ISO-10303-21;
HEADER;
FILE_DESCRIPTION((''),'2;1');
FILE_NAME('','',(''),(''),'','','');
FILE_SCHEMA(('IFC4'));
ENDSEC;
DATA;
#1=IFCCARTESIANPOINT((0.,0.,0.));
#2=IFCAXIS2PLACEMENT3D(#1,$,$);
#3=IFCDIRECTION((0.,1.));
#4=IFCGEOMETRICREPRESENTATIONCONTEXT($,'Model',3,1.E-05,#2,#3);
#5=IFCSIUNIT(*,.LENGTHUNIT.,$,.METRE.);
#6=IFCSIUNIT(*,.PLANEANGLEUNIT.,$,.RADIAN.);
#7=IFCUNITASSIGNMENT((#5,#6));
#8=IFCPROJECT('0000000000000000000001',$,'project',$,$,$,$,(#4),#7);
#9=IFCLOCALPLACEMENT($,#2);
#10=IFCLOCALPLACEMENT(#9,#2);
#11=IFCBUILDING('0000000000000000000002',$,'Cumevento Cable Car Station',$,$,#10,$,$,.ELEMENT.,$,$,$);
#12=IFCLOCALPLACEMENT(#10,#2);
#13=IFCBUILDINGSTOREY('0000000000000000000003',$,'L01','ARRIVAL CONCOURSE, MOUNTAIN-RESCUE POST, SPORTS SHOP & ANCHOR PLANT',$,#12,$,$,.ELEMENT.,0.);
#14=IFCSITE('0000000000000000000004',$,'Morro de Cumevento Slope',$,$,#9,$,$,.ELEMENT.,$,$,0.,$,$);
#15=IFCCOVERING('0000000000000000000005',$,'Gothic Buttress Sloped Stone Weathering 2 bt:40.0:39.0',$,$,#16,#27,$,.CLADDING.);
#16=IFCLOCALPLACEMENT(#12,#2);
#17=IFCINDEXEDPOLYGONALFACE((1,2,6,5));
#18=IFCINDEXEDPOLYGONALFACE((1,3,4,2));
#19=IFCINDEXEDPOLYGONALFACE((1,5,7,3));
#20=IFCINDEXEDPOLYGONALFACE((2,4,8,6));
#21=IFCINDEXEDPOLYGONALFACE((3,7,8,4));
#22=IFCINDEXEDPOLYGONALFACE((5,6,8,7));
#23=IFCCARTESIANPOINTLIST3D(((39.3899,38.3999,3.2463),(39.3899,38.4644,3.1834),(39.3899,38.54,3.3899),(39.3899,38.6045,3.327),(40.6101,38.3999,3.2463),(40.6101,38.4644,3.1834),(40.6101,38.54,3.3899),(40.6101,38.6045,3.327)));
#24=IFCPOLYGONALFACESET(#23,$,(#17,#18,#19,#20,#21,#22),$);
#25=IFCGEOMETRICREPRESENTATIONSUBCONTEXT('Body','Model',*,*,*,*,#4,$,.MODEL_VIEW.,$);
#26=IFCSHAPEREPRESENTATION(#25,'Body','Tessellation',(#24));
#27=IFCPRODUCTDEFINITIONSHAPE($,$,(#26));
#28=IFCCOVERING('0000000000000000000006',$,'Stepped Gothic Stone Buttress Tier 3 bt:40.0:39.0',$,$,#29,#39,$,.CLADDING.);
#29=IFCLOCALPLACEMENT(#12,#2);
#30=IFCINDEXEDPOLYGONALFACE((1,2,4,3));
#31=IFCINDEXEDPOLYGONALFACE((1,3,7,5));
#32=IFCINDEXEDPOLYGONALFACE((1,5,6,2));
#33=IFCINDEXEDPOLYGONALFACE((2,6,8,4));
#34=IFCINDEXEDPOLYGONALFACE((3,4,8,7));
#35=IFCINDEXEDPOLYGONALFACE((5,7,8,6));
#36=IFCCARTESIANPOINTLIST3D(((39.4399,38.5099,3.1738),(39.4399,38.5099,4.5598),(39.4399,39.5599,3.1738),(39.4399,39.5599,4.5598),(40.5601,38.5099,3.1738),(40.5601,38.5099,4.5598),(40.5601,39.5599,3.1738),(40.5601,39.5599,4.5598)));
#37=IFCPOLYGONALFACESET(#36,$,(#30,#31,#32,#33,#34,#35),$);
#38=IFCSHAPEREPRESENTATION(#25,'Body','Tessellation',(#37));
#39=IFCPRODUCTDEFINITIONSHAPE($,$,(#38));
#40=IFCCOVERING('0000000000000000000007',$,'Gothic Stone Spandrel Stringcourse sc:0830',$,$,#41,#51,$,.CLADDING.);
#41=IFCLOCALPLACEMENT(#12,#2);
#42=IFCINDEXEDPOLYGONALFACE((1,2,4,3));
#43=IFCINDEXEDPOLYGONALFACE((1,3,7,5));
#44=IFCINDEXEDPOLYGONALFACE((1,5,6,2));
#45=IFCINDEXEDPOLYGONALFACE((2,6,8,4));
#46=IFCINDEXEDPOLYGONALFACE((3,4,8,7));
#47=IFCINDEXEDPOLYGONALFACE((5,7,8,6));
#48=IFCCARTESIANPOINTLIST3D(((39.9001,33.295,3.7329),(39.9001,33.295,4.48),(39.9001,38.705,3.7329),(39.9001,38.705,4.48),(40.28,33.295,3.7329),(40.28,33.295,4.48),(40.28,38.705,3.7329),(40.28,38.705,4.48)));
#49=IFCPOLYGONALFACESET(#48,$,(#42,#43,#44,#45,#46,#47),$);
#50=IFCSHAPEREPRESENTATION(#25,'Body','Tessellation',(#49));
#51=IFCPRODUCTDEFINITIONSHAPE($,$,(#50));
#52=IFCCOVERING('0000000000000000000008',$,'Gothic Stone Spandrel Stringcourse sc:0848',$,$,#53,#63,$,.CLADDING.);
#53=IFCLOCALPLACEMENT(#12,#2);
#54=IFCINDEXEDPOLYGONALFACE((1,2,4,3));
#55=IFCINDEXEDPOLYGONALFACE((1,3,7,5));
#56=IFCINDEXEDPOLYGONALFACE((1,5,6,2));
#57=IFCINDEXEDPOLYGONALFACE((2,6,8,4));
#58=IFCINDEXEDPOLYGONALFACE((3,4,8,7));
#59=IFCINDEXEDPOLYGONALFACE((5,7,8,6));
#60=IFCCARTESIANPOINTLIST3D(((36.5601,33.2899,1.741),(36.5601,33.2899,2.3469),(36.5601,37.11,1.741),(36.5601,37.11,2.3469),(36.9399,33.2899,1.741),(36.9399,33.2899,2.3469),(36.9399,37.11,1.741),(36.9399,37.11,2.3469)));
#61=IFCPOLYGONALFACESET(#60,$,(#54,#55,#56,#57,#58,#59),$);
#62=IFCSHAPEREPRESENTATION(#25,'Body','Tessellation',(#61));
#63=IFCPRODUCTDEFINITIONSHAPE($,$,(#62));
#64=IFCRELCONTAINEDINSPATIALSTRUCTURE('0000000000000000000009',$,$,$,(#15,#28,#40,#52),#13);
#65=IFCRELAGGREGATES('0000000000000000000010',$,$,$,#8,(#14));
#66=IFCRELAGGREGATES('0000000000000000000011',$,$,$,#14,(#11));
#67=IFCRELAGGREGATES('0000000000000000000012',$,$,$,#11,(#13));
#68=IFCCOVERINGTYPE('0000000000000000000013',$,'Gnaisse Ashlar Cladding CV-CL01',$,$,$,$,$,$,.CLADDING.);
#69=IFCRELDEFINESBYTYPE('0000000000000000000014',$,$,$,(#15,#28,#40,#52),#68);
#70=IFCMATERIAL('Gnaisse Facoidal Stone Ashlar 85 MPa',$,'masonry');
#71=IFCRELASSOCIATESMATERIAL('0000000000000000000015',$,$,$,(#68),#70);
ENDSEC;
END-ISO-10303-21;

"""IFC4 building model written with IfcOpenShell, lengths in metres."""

from ifc_helpers import new_model, si_unit, direction, frame, origin, origin_2d, place, context, subcontext, project, spatial, polyline, rectangle, outline, extrude, material, type_object, element, save


model = new_model("IFC4")

# Units and contexts
model_context = context("Model", 3, precision=1e-05, world=origin(), true_north=direction((0.0, 1.0)))
body_context = subcontext(model_context, "Body", "Model", "MODEL_VIEW")
ifc_project = project(units=[si_unit("LENGTHUNIT", "METRE"), si_unit("PLANEANGLEUNIT", "RADIAN")], contexts=[model_context])

# Site, building, storey
site_placement = place(None, origin())
site = spatial("IfcSite", under=ifc_project, at=site_placement, Name="Morro de Cumevento Slope", CompositionType="ELEMENT", RefElevation=0.0)
building_placement = place(site_placement, origin())
building = spatial("IfcBuilding", under=site, at=building_placement, Name="Cumevento Cable Car Station", CompositionType="ELEMENT")
storey_placement = place(building_placement, origin())
storey = spatial("IfcBuildingStorey", under=building, at=storey_placement, Name="L01", Description="ARRIVAL CONCOURSE, MOUNTAIN-RESCUE POST, SPORTS SHOP & ANCHOR PLANT", CompositionType="ELEMENT", Elevation=0.0)

# Coverings
ifc_material_1 = material(Name="Gnaisse Facoidal Stone Ashlar 85 MPa", Category="masonry")
covering_type = type_object("IfcCoveringType", Name="Gnaisse Ashlar Cladding CV-CL01", PredefinedType="CLADDING", material=ifc_material_1)
covering_1_placement = place(storey_placement, frame((39.3899, 38.3999, 3.2463), z_axis=(0.0, -0.715574, 0.698537), x_axis=(1.0, 0.0, 0.0)))
element("IfcCovering", 1, at=covering_1_placement, inside=storey, type_object=covering_type, Name="Gothic Buttress Sloped Stone Weathering 2 bt:40.0:39.0", PredefinedType="CLADDING", context=body_context, shape_type="SweptSolid", body=[
    extrude(outline(polyline([(0.0, 0.0), (1.2202, 0.0), (1.2202, 0.2006), (0.0, 0.2006), (0.0, 0.0)])), origin(), (0.0, 0.0, -1.0), 0.0901),
])
covering_2_placement = place(storey_placement, frame((40.0, 39.0349, 3.1738), z_axis=(0.0, 0.0, 1.0), x_axis=(1.0, 0.0, 0.0)))
element("IfcCovering", 2, at=covering_2_placement, inside=storey, type_object=covering_type, Name="Stepped Gothic Stone Buttress Tier 3 bt:40.0:39.0", PredefinedType="CLADDING", context=body_context, shape_type="SweptSolid", body=[
    extrude(rectangle(XDim=1.1201, YDim=1.05, at=origin_2d()), origin(), (0.0, 0.0, 1.0), 1.386),
])
covering_3_placement = place(storey_placement, frame((40.0901, 36.0, 3.7329), z_axis=(0.0, 0.0, 1.0), x_axis=(0.0, 1.0, 0.0)))
element("IfcCovering", 3, at=covering_3_placement, inside=storey, type_object=covering_type, Name="Gothic Stone Spandrel Stringcourse sc:0830", PredefinedType="CLADDING", context=body_context, shape_type="SweptSolid", body=[
    extrude(rectangle(XDim=5.4099, YDim=0.3799, at=origin_2d()), origin(), (0.0, 0.0, 1.0), 0.7471),
])
covering_4_placement = place(storey_placement, frame((36.75, 35.2, 1.741), z_axis=(0.0, 0.0, 1.0), x_axis=(0.0, 1.0, 0.0)))
element("IfcCovering", 4, at=covering_4_placement, inside=storey, type_object=covering_type, Name="Gothic Stone Spandrel Stringcourse sc:0848", PredefinedType="CLADDING", context=body_context, shape_type="SweptSolid", body=[
    extrude(rectangle(XDim=3.8201, YDim=0.3799, at=origin_2d()), origin(), (0.0, 0.0, 1.0), 0.606),
])

save(model, "model.ifc")
